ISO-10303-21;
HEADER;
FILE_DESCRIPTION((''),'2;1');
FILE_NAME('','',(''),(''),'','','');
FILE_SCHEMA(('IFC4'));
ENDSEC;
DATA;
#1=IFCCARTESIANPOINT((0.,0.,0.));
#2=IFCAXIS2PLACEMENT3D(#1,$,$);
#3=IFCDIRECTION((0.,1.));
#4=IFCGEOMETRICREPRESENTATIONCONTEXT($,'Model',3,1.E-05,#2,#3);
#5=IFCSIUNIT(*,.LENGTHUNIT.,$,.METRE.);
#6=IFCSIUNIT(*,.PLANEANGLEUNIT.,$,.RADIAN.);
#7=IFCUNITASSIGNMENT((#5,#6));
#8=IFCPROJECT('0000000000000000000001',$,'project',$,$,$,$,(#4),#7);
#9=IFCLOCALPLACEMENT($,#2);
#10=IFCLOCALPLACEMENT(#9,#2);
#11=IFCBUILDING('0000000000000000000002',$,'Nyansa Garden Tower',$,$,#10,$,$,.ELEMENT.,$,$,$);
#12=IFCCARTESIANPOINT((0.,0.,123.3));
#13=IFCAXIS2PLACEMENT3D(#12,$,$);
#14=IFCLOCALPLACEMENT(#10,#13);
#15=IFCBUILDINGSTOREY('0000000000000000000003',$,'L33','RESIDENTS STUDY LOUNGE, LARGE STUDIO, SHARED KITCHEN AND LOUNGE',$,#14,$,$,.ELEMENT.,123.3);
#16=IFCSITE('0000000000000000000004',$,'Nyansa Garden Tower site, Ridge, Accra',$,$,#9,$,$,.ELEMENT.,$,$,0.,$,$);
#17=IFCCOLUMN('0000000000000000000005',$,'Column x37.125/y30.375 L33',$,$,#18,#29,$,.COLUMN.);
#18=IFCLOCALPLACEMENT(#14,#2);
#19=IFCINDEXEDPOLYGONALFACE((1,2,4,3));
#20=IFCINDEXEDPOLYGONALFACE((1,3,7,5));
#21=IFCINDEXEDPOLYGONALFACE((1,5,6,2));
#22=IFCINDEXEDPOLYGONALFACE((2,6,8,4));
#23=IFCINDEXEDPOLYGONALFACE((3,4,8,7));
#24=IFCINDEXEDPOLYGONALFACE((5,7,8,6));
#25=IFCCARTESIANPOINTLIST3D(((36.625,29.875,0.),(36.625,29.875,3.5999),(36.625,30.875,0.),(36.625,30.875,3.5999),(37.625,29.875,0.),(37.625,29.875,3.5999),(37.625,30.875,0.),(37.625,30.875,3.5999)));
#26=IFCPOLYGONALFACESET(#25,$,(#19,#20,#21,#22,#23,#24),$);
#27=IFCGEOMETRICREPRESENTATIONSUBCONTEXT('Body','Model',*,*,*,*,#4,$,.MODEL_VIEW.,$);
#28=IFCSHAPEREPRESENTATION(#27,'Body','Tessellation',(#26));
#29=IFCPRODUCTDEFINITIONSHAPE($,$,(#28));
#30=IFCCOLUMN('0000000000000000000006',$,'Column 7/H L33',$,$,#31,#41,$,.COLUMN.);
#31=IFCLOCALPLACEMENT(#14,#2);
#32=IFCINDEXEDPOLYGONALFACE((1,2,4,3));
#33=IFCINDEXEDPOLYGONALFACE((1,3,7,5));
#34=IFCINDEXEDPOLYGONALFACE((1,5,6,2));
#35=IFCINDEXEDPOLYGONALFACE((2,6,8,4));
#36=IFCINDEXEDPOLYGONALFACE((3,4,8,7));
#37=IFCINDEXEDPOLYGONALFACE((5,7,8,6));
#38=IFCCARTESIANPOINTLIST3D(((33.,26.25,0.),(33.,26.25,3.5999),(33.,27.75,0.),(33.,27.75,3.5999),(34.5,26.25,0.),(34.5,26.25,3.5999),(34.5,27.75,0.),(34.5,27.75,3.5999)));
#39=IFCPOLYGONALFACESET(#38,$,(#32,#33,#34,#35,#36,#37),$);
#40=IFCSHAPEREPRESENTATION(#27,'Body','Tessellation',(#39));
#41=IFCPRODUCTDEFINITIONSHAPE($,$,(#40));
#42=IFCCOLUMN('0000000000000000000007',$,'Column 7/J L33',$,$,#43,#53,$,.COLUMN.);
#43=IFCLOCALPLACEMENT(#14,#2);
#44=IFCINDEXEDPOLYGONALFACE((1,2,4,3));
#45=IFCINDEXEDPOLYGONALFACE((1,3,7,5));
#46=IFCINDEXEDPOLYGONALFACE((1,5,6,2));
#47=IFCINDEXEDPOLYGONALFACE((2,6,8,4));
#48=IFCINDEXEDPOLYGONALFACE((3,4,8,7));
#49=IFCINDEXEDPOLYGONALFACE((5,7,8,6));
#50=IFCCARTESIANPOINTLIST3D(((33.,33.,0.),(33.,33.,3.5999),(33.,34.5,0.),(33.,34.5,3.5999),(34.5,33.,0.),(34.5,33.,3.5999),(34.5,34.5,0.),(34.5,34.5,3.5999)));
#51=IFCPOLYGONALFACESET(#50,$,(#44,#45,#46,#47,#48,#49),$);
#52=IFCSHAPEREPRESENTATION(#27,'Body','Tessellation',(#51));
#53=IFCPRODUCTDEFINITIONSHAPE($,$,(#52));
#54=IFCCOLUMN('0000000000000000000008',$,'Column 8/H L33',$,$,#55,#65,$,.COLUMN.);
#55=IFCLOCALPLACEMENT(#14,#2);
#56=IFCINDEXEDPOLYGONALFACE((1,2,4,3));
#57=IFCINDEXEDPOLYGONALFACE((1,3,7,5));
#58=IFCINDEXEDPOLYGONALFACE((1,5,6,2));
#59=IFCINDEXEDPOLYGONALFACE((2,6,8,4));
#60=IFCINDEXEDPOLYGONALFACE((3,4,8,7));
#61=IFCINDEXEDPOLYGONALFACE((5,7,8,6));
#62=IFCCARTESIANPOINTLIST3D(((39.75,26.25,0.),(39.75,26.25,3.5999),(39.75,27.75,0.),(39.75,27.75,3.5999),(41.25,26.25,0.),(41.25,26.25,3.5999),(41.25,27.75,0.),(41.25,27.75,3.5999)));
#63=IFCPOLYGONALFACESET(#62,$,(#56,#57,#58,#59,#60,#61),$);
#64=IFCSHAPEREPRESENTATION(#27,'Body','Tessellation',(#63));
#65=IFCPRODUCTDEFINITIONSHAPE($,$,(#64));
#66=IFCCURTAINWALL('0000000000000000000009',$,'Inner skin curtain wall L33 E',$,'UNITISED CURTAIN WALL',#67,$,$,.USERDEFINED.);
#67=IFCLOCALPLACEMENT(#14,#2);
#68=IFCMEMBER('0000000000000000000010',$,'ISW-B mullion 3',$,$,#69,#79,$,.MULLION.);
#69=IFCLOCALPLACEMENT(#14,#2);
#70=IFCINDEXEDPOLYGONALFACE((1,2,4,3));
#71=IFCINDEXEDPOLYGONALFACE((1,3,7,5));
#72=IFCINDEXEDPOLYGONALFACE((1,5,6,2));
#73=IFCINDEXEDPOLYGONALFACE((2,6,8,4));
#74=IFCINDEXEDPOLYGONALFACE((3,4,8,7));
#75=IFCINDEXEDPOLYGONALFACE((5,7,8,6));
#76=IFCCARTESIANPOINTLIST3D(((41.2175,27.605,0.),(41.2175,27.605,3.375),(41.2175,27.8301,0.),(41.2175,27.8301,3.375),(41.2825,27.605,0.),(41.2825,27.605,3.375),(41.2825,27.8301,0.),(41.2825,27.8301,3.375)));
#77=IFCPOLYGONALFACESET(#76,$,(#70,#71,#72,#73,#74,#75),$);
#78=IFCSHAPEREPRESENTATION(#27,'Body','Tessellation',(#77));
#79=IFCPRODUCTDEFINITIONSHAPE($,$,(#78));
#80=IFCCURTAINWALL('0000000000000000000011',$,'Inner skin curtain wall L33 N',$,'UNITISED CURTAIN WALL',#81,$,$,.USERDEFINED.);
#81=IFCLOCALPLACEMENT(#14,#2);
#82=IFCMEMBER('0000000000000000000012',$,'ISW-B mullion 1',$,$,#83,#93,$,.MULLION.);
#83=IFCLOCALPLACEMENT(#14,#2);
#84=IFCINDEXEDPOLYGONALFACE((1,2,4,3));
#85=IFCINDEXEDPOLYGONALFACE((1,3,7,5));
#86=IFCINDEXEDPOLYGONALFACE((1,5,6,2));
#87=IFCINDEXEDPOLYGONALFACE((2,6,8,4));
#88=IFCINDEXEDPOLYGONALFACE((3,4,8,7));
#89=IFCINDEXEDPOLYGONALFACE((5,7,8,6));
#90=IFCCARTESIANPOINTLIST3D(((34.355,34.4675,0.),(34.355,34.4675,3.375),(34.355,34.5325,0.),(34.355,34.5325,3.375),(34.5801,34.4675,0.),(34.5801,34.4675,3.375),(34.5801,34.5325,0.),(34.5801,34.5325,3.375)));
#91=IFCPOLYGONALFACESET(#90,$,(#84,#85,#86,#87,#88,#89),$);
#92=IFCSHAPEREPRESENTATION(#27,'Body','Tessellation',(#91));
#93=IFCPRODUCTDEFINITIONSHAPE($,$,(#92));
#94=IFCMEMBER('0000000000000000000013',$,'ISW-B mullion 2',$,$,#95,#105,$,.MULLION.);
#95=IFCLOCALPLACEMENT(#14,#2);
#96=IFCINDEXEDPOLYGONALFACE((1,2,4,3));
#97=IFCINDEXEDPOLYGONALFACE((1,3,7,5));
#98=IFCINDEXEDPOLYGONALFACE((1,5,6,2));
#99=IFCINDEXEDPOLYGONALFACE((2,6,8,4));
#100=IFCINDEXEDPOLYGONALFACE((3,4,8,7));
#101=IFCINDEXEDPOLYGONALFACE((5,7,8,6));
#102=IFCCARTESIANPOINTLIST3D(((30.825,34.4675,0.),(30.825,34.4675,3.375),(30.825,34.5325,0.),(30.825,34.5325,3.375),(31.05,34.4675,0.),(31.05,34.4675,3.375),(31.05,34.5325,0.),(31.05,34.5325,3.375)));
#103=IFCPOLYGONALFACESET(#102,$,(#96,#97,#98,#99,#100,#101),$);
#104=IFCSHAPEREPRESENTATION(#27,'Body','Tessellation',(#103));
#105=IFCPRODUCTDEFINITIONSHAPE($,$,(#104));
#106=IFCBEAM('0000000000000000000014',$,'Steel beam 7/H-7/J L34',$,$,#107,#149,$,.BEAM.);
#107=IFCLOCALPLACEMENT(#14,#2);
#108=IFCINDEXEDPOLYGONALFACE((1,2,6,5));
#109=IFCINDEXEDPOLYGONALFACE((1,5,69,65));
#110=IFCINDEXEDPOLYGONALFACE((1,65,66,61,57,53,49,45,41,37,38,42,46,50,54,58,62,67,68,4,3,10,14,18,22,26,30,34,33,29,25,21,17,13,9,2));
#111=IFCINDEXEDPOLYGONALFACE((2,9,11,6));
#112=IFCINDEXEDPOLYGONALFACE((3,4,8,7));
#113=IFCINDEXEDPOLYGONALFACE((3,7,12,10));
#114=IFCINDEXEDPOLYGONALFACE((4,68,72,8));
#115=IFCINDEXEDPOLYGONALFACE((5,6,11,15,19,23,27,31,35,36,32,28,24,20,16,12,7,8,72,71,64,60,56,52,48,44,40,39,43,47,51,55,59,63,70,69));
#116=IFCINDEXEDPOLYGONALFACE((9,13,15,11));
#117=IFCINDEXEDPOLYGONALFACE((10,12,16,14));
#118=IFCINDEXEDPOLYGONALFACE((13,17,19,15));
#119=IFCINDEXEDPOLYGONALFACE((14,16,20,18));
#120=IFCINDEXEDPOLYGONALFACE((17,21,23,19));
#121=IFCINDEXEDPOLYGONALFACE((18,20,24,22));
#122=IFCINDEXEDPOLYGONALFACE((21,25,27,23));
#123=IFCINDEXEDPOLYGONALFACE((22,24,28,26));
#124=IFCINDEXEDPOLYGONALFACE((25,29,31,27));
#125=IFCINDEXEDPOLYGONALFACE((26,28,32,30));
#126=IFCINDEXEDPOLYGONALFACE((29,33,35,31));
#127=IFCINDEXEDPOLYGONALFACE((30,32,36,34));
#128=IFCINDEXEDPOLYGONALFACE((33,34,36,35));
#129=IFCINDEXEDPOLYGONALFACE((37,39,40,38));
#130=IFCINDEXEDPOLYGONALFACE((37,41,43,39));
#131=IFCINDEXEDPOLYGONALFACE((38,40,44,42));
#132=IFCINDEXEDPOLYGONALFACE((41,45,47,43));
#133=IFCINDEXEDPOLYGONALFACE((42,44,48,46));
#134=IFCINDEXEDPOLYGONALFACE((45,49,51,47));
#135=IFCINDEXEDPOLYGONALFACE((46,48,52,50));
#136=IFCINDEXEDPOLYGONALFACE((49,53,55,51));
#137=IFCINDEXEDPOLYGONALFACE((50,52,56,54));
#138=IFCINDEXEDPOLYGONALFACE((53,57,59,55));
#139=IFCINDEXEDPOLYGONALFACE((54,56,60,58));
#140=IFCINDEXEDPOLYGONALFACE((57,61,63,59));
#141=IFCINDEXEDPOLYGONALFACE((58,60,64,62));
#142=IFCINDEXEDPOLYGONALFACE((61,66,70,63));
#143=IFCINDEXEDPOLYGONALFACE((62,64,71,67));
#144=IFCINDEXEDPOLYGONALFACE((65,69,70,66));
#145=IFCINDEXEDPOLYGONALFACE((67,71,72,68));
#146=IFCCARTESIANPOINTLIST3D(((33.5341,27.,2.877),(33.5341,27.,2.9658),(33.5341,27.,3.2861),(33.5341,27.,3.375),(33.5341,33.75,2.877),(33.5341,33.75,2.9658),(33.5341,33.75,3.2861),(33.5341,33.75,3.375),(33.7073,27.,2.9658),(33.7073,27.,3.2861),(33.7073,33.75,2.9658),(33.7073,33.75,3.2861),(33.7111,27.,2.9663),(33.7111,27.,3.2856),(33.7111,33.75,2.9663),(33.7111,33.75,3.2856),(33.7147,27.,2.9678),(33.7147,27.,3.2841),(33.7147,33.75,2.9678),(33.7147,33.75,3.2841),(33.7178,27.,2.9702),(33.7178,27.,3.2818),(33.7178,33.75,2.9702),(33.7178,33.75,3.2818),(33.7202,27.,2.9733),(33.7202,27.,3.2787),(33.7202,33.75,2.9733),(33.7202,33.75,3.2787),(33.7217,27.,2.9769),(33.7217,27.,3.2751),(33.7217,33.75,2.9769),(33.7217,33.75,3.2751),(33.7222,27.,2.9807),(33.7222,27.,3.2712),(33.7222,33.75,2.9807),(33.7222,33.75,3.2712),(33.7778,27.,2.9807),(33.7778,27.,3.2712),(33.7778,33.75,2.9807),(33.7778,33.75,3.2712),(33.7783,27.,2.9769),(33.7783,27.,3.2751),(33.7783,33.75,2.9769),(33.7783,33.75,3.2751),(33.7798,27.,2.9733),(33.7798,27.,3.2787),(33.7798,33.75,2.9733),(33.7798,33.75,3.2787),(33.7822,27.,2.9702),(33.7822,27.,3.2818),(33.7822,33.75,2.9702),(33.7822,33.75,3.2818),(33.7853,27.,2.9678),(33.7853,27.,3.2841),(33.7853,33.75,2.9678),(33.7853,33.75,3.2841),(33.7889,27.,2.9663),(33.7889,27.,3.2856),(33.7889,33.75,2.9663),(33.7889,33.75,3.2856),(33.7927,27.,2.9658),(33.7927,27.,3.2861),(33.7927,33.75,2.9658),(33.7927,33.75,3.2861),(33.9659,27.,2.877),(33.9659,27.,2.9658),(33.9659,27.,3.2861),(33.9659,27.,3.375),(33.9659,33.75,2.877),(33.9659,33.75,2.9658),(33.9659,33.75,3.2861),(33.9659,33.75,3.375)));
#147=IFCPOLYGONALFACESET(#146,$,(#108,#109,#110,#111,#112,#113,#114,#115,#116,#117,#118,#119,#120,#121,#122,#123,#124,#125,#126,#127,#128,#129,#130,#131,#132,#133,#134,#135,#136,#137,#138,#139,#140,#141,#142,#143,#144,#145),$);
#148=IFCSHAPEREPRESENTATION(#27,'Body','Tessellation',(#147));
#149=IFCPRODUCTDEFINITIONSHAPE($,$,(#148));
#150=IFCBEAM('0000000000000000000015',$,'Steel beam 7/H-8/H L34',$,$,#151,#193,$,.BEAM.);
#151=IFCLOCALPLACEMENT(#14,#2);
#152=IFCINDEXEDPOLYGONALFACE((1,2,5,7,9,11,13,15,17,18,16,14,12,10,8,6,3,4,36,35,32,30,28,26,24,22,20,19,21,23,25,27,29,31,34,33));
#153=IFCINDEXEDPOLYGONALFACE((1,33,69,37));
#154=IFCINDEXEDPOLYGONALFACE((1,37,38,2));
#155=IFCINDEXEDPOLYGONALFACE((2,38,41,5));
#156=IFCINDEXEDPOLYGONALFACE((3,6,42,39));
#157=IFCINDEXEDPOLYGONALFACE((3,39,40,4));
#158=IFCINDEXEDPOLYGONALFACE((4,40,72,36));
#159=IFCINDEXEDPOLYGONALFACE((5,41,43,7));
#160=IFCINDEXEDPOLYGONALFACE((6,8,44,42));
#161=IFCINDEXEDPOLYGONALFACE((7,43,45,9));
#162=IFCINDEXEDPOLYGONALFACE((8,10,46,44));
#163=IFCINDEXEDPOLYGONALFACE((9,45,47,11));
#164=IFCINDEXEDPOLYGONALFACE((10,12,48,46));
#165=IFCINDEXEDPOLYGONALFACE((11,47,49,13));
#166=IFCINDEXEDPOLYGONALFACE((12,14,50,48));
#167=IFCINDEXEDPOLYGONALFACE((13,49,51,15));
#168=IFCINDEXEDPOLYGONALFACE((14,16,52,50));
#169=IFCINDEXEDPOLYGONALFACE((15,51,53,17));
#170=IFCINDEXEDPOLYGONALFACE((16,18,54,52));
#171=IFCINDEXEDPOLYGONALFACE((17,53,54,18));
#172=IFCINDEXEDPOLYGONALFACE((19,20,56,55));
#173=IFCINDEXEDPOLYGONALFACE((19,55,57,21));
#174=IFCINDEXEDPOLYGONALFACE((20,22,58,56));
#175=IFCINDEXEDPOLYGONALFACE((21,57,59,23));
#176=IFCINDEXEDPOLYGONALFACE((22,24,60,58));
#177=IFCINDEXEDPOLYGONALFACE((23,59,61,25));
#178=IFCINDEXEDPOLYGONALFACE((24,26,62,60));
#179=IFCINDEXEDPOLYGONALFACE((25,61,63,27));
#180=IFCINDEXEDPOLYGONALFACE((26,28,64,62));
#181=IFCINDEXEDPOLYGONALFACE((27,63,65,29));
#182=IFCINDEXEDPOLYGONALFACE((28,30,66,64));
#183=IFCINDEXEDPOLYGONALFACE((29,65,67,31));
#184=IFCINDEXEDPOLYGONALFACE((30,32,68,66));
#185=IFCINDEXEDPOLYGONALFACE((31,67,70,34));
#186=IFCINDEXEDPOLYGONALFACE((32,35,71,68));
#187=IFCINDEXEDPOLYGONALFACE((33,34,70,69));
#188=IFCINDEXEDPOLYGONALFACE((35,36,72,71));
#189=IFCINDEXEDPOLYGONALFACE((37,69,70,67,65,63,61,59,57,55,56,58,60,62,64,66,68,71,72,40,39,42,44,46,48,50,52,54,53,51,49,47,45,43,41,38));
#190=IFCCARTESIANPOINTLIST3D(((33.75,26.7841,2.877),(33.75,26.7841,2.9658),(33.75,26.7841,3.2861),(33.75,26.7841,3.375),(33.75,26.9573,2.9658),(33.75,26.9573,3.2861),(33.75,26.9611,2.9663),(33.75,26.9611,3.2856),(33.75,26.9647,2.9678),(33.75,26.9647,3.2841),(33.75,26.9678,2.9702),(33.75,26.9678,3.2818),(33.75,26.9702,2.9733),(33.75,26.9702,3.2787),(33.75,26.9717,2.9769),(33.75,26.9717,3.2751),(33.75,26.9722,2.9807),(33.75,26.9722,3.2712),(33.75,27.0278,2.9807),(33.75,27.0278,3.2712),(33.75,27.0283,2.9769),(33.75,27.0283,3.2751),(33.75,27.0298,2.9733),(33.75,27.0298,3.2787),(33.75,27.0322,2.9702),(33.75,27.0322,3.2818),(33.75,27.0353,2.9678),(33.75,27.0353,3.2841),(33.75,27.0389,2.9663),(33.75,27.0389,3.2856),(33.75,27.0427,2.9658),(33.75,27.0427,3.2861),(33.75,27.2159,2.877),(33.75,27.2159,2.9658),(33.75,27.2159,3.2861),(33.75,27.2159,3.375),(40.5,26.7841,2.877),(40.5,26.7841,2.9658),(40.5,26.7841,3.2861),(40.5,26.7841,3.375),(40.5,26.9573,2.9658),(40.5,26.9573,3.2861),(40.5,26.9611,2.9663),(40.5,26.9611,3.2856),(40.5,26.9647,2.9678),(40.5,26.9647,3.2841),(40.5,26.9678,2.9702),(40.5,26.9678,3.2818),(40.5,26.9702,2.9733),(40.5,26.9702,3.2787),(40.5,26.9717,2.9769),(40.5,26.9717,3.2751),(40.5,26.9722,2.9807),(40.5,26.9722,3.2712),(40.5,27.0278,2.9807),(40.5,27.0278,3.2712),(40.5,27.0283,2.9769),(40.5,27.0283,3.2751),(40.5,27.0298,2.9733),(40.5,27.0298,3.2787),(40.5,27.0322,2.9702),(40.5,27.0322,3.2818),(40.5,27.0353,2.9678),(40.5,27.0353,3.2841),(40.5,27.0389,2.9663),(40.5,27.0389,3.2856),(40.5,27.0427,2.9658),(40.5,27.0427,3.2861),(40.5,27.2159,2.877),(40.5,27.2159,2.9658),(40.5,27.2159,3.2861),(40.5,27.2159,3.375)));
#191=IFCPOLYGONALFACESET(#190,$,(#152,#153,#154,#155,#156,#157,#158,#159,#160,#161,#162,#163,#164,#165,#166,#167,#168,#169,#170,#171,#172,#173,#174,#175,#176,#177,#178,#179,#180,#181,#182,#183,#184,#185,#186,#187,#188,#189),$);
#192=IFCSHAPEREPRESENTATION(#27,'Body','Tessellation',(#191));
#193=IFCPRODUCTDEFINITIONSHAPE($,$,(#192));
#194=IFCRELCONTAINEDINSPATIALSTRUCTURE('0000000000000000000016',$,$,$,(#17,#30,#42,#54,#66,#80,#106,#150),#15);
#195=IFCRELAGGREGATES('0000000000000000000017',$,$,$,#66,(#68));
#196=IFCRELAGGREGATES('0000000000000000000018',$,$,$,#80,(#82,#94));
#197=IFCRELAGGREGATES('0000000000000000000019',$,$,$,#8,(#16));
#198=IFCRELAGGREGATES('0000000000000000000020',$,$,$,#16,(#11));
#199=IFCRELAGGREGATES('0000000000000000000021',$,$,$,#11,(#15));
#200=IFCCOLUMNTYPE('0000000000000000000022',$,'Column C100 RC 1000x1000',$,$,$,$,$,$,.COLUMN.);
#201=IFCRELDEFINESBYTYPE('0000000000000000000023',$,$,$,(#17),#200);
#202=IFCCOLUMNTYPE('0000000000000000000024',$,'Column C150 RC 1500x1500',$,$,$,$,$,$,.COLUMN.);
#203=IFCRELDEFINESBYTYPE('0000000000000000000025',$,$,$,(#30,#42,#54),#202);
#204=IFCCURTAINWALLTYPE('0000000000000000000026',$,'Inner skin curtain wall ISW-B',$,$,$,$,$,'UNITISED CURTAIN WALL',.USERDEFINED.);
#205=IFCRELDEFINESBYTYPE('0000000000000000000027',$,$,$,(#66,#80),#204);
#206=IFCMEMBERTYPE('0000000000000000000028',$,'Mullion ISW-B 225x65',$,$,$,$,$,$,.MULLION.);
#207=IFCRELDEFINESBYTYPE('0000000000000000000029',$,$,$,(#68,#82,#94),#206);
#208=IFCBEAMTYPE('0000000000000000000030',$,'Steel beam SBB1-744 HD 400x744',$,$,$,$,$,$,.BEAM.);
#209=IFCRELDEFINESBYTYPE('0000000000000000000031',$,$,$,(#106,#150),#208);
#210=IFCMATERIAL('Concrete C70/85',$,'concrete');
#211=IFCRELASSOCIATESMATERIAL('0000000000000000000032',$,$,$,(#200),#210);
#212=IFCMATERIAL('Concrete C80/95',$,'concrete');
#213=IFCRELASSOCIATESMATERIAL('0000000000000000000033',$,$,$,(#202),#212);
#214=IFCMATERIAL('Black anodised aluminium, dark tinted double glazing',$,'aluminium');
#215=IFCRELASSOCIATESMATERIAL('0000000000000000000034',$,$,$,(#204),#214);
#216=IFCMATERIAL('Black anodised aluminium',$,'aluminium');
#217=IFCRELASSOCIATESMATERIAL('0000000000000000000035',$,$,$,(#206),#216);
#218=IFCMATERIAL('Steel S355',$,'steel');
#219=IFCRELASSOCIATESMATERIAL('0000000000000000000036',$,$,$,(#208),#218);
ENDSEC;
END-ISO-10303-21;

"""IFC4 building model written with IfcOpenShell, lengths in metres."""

from ifc_helpers import new_model, si_unit, direction, frame, origin, origin_2d, place, context, subcontext, project, spatial, rectangle, i_section, extrude, material, material_profile, profile_set, type_object, element, aggregate, save


model = new_model("IFC4")

# Units and contexts
model_context = context("Model", 3, precision=1e-05, world=origin(), true_north=direction((0.0, 1.0)))
body_context = subcontext(model_context, "Body", "Model", "MODEL_VIEW")
ifc_project = project(units=[si_unit("LENGTHUNIT", "METRE"), si_unit("PLANEANGLEUNIT", "RADIAN")], contexts=[model_context])

# Site, building, storey
site_placement = place(None, origin())
site = spatial("IfcSite", under=ifc_project, at=site_placement, Name="Nyansa Garden Tower site, Ridge, Accra", CompositionType="ELEMENT", RefElevation=0.0)
building_placement = place(site_placement, origin())
building = spatial("IfcBuilding", under=site, at=building_placement, Name="Nyansa Garden Tower", CompositionType="ELEMENT")
storey_placement = place(building_placement, frame((0.0, 0.0, 123.3)))
storey = spatial("IfcBuildingStorey", under=building, at=storey_placement, Name="L33", Description="RESIDENTS STUDY LOUNGE, LARGE STUDIO, SHARED KITCHEN AND LOUNGE", CompositionType="ELEMENT", Elevation=123.3)

# Columns
ifc_material_1 = material(Name="Concrete C70/85", Category="concrete")
ifc_material_profile_1 = material_profile(ifc_material_1, rectangle(XDim=1.0, YDim=1.0, at=origin_2d()), Name="RC 1000x1000")
ifc_profile_set_1 = profile_set([ifc_material_profile_1], Name="Concrete C70/85")
column_type_1 = type_object("IfcColumnType", Name="Column C100 RC 1000x1000", PredefinedType="COLUMN", material=ifc_profile_set_1)
column_placement = place(storey_placement, frame((37.125, 30.375, 0.0), z_axis=(0.0, 0.0, 1.0), x_axis=(1.0, 0.0, 0.0)))
element("IfcColumn", 1, at=column_placement, inside=storey, type_object=column_type_1, Name="Column x37.125/y30.375 L33", PredefinedType="COLUMN", context=body_context, shape_type="SweptSolid", body=[
    extrude(rectangle(XDim=1.0, YDim=1.0, at=origin_2d()), origin(), (0.0, 0.0, 1.0), 3.5999),
])
ifc_material_2 = material(Name="Concrete C80/95", Category="concrete")
ifc_material_profile_2 = material_profile(ifc_material_2, rectangle(XDim=1.5, YDim=1.5, at=origin_2d()), Name="RC 1500x1500")
ifc_profile_set_2 = profile_set([ifc_material_profile_2], Name="Concrete C80/95")
column_type_2 = type_object("IfcColumnType", Name="Column C150 RC 1500x1500", PredefinedType="COLUMN", material=ifc_profile_set_2)
for number, where, z_axis, x_axis, name in (
    (2, (33.75, 27.0, 0.0), (0.0, 0.0, 1.0), (1.0, 0.0, 0.0), "Column 7/H L33"),
    (3, (33.75, 33.75, 0.0), (0.0, 0.0, 1.0), (1.0, 0.0, 0.0), "Column 7/J L33"),
    (4, (40.5, 27.0, 0.0), (0.0, 0.0, 1.0), (1.0, 0.0, 0.0), "Column 8/H L33"),
):
    element("IfcColumn", number, at=place(storey_placement, frame(where, z_axis=z_axis, x_axis=x_axis)), inside=storey, type_object=column_type_2, Name=name, PredefinedType="COLUMN", context=body_context, shape_type="SweptSolid", body=[
        extrude(rectangle(XDim=1.5, YDim=1.5, at=origin_2d()), origin(), (0.0, 0.0, 1.0), 3.5999),
    ])

# Curtain wall, member
ifc_material_3 = material(Name="Black anodised aluminium, dark tinted double glazing", Category="aluminium")
curtain_wall_type = type_object("IfcCurtainWallType", Name="Inner skin curtain wall ISW-B", ElementType="UNITISED CURTAIN WALL", PredefinedType="USERDEFINED", material=ifc_material_3)
curtain_wall_1_placement = place(storey_placement, origin())
curtain_wall_1 = element("IfcCurtainWall", 5, at=curtain_wall_1_placement, inside=storey, type_object=curtain_wall_type, Name="Inner skin curtain wall L33 E", ObjectType="UNITISED CURTAIN WALL", PredefinedType="USERDEFINED")
ifc_material_4 = material(Name="Black anodised aluminium", Category="aluminium")
ifc_material_profile_3 = material_profile(ifc_material_4, rectangle(XDim=0.0649, YDim=0.2251, at=origin_2d()), Name="Mullion 225x65")
ifc_profile_set_3 = profile_set([ifc_material_profile_3], Name="Black anodised aluminium")
member_type_1 = type_object("IfcMemberType", Name="Mullion ISW-B 225x65", PredefinedType="MULLION", material=ifc_profile_set_3)
member_1_placement = place(storey_placement, frame((41.25, 27.7175, 0.0), z_axis=(0.0, 0.0, 1.0), x_axis=(-1.0, 0.0, 0.0)))
member_1 = element("IfcMember", 6, at=member_1_placement, type_object=member_type_1, Name="ISW-B mullion 3", PredefinedType="MULLION", context=body_context, shape_type="SweptSolid", body=[
    extrude(rectangle(XDim=0.0649, YDim=0.2251, at=origin_2d()), origin(), (0.0, 0.0, 1.0), 3.375),
])
aggregate(curtain_wall_1, [member_1])

# Curtain wall, members
curtain_wall_2_placement = place(storey_placement, origin())
curtain_wall_2 = element("IfcCurtainWall", 7, at=curtain_wall_2_placement, inside=storey, type_object=curtain_wall_type, Name="Inner skin curtain wall L33 N", ObjectType="UNITISED CURTAIN WALL", PredefinedType="USERDEFINED")
member_2_placement = place(storey_placement, frame((34.4675, 34.5, 0.0), z_axis=(0.0, 0.0, 1.0), x_axis=(0.0, -1.0, 0.0)))
member_2 = element("IfcMember", 8, at=member_2_placement, type_object=member_type_1, Name="ISW-B mullion 1", PredefinedType="MULLION", context=body_context, shape_type="SweptSolid", body=[
    extrude(rectangle(XDim=0.0649, YDim=0.2251, at=origin_2d()), origin(), (0.0, 0.0, 1.0), 3.375),
])
member_3_placement = place(storey_placement, frame((30.9375, 34.5, 0.0), z_axis=(0.0, 0.0, 1.0), x_axis=(0.0, -1.0, 0.0)))
member_3 = element("IfcMember", 9, at=member_3_placement, type_object=member_type_1, Name="ISW-B mullion 2", PredefinedType="MULLION", context=body_context, shape_type="SweptSolid", body=[
    extrude(rectangle(XDim=0.0649, YDim=0.2251, at=origin_2d()), origin(), (0.0, 0.0, 1.0), 3.375),
])

# Beams
ifc_material_5 = material(Name="Steel S355", Category="steel")
ifc_material_profile_4 = material_profile(ifc_material_5, i_section(OverallWidth=0.4319, OverallDepth=0.498, WebThickness=0.0557, FlangeThickness=0.0889, FilletRadius=0.0149, at=origin_2d()), Name="HD 400x744")
ifc_profile_set_4 = profile_set([ifc_material_profile_4], Name="Steel S355")
beam_type_1 = type_object("IfcBeamType", Name="Steel beam SBB1-744 HD 400x744", PredefinedType="BEAM", material=ifc_profile_set_4)
for number, where, z_axis, x_axis, name in (
    (10, (33.75, 27.0, 3.126), (0.0, 1.0, 0.0), (-1.0, 0.0, 0.0), "Steel beam 7/H-7/J L34"),
    (11, (33.75, 27.0, 3.126), (1.0, 0.0, 0.0), (0.0, 1.0, 0.0), "Steel beam 7/H-8/H L34"),
):
    element("IfcBeam", number, at=place(storey_placement, frame(where, z_axis=z_axis, x_axis=x_axis)), inside=storey, type_object=beam_type_1, Name=name, PredefinedType="BEAM", context=body_context, shape_type="SweptSolid", body=[
        extrude(i_section(OverallWidth=0.4319, OverallDepth=0.498, WebThickness=0.0557, FlangeThickness=0.0889, FilletRadius=0.0149, at=origin_2d()), origin(), (0.0, 0.0, 1.0), 6.75),
    ])

aggregate(curtain_wall_2, [member_2, member_3])

save(model, "model.ifc")
